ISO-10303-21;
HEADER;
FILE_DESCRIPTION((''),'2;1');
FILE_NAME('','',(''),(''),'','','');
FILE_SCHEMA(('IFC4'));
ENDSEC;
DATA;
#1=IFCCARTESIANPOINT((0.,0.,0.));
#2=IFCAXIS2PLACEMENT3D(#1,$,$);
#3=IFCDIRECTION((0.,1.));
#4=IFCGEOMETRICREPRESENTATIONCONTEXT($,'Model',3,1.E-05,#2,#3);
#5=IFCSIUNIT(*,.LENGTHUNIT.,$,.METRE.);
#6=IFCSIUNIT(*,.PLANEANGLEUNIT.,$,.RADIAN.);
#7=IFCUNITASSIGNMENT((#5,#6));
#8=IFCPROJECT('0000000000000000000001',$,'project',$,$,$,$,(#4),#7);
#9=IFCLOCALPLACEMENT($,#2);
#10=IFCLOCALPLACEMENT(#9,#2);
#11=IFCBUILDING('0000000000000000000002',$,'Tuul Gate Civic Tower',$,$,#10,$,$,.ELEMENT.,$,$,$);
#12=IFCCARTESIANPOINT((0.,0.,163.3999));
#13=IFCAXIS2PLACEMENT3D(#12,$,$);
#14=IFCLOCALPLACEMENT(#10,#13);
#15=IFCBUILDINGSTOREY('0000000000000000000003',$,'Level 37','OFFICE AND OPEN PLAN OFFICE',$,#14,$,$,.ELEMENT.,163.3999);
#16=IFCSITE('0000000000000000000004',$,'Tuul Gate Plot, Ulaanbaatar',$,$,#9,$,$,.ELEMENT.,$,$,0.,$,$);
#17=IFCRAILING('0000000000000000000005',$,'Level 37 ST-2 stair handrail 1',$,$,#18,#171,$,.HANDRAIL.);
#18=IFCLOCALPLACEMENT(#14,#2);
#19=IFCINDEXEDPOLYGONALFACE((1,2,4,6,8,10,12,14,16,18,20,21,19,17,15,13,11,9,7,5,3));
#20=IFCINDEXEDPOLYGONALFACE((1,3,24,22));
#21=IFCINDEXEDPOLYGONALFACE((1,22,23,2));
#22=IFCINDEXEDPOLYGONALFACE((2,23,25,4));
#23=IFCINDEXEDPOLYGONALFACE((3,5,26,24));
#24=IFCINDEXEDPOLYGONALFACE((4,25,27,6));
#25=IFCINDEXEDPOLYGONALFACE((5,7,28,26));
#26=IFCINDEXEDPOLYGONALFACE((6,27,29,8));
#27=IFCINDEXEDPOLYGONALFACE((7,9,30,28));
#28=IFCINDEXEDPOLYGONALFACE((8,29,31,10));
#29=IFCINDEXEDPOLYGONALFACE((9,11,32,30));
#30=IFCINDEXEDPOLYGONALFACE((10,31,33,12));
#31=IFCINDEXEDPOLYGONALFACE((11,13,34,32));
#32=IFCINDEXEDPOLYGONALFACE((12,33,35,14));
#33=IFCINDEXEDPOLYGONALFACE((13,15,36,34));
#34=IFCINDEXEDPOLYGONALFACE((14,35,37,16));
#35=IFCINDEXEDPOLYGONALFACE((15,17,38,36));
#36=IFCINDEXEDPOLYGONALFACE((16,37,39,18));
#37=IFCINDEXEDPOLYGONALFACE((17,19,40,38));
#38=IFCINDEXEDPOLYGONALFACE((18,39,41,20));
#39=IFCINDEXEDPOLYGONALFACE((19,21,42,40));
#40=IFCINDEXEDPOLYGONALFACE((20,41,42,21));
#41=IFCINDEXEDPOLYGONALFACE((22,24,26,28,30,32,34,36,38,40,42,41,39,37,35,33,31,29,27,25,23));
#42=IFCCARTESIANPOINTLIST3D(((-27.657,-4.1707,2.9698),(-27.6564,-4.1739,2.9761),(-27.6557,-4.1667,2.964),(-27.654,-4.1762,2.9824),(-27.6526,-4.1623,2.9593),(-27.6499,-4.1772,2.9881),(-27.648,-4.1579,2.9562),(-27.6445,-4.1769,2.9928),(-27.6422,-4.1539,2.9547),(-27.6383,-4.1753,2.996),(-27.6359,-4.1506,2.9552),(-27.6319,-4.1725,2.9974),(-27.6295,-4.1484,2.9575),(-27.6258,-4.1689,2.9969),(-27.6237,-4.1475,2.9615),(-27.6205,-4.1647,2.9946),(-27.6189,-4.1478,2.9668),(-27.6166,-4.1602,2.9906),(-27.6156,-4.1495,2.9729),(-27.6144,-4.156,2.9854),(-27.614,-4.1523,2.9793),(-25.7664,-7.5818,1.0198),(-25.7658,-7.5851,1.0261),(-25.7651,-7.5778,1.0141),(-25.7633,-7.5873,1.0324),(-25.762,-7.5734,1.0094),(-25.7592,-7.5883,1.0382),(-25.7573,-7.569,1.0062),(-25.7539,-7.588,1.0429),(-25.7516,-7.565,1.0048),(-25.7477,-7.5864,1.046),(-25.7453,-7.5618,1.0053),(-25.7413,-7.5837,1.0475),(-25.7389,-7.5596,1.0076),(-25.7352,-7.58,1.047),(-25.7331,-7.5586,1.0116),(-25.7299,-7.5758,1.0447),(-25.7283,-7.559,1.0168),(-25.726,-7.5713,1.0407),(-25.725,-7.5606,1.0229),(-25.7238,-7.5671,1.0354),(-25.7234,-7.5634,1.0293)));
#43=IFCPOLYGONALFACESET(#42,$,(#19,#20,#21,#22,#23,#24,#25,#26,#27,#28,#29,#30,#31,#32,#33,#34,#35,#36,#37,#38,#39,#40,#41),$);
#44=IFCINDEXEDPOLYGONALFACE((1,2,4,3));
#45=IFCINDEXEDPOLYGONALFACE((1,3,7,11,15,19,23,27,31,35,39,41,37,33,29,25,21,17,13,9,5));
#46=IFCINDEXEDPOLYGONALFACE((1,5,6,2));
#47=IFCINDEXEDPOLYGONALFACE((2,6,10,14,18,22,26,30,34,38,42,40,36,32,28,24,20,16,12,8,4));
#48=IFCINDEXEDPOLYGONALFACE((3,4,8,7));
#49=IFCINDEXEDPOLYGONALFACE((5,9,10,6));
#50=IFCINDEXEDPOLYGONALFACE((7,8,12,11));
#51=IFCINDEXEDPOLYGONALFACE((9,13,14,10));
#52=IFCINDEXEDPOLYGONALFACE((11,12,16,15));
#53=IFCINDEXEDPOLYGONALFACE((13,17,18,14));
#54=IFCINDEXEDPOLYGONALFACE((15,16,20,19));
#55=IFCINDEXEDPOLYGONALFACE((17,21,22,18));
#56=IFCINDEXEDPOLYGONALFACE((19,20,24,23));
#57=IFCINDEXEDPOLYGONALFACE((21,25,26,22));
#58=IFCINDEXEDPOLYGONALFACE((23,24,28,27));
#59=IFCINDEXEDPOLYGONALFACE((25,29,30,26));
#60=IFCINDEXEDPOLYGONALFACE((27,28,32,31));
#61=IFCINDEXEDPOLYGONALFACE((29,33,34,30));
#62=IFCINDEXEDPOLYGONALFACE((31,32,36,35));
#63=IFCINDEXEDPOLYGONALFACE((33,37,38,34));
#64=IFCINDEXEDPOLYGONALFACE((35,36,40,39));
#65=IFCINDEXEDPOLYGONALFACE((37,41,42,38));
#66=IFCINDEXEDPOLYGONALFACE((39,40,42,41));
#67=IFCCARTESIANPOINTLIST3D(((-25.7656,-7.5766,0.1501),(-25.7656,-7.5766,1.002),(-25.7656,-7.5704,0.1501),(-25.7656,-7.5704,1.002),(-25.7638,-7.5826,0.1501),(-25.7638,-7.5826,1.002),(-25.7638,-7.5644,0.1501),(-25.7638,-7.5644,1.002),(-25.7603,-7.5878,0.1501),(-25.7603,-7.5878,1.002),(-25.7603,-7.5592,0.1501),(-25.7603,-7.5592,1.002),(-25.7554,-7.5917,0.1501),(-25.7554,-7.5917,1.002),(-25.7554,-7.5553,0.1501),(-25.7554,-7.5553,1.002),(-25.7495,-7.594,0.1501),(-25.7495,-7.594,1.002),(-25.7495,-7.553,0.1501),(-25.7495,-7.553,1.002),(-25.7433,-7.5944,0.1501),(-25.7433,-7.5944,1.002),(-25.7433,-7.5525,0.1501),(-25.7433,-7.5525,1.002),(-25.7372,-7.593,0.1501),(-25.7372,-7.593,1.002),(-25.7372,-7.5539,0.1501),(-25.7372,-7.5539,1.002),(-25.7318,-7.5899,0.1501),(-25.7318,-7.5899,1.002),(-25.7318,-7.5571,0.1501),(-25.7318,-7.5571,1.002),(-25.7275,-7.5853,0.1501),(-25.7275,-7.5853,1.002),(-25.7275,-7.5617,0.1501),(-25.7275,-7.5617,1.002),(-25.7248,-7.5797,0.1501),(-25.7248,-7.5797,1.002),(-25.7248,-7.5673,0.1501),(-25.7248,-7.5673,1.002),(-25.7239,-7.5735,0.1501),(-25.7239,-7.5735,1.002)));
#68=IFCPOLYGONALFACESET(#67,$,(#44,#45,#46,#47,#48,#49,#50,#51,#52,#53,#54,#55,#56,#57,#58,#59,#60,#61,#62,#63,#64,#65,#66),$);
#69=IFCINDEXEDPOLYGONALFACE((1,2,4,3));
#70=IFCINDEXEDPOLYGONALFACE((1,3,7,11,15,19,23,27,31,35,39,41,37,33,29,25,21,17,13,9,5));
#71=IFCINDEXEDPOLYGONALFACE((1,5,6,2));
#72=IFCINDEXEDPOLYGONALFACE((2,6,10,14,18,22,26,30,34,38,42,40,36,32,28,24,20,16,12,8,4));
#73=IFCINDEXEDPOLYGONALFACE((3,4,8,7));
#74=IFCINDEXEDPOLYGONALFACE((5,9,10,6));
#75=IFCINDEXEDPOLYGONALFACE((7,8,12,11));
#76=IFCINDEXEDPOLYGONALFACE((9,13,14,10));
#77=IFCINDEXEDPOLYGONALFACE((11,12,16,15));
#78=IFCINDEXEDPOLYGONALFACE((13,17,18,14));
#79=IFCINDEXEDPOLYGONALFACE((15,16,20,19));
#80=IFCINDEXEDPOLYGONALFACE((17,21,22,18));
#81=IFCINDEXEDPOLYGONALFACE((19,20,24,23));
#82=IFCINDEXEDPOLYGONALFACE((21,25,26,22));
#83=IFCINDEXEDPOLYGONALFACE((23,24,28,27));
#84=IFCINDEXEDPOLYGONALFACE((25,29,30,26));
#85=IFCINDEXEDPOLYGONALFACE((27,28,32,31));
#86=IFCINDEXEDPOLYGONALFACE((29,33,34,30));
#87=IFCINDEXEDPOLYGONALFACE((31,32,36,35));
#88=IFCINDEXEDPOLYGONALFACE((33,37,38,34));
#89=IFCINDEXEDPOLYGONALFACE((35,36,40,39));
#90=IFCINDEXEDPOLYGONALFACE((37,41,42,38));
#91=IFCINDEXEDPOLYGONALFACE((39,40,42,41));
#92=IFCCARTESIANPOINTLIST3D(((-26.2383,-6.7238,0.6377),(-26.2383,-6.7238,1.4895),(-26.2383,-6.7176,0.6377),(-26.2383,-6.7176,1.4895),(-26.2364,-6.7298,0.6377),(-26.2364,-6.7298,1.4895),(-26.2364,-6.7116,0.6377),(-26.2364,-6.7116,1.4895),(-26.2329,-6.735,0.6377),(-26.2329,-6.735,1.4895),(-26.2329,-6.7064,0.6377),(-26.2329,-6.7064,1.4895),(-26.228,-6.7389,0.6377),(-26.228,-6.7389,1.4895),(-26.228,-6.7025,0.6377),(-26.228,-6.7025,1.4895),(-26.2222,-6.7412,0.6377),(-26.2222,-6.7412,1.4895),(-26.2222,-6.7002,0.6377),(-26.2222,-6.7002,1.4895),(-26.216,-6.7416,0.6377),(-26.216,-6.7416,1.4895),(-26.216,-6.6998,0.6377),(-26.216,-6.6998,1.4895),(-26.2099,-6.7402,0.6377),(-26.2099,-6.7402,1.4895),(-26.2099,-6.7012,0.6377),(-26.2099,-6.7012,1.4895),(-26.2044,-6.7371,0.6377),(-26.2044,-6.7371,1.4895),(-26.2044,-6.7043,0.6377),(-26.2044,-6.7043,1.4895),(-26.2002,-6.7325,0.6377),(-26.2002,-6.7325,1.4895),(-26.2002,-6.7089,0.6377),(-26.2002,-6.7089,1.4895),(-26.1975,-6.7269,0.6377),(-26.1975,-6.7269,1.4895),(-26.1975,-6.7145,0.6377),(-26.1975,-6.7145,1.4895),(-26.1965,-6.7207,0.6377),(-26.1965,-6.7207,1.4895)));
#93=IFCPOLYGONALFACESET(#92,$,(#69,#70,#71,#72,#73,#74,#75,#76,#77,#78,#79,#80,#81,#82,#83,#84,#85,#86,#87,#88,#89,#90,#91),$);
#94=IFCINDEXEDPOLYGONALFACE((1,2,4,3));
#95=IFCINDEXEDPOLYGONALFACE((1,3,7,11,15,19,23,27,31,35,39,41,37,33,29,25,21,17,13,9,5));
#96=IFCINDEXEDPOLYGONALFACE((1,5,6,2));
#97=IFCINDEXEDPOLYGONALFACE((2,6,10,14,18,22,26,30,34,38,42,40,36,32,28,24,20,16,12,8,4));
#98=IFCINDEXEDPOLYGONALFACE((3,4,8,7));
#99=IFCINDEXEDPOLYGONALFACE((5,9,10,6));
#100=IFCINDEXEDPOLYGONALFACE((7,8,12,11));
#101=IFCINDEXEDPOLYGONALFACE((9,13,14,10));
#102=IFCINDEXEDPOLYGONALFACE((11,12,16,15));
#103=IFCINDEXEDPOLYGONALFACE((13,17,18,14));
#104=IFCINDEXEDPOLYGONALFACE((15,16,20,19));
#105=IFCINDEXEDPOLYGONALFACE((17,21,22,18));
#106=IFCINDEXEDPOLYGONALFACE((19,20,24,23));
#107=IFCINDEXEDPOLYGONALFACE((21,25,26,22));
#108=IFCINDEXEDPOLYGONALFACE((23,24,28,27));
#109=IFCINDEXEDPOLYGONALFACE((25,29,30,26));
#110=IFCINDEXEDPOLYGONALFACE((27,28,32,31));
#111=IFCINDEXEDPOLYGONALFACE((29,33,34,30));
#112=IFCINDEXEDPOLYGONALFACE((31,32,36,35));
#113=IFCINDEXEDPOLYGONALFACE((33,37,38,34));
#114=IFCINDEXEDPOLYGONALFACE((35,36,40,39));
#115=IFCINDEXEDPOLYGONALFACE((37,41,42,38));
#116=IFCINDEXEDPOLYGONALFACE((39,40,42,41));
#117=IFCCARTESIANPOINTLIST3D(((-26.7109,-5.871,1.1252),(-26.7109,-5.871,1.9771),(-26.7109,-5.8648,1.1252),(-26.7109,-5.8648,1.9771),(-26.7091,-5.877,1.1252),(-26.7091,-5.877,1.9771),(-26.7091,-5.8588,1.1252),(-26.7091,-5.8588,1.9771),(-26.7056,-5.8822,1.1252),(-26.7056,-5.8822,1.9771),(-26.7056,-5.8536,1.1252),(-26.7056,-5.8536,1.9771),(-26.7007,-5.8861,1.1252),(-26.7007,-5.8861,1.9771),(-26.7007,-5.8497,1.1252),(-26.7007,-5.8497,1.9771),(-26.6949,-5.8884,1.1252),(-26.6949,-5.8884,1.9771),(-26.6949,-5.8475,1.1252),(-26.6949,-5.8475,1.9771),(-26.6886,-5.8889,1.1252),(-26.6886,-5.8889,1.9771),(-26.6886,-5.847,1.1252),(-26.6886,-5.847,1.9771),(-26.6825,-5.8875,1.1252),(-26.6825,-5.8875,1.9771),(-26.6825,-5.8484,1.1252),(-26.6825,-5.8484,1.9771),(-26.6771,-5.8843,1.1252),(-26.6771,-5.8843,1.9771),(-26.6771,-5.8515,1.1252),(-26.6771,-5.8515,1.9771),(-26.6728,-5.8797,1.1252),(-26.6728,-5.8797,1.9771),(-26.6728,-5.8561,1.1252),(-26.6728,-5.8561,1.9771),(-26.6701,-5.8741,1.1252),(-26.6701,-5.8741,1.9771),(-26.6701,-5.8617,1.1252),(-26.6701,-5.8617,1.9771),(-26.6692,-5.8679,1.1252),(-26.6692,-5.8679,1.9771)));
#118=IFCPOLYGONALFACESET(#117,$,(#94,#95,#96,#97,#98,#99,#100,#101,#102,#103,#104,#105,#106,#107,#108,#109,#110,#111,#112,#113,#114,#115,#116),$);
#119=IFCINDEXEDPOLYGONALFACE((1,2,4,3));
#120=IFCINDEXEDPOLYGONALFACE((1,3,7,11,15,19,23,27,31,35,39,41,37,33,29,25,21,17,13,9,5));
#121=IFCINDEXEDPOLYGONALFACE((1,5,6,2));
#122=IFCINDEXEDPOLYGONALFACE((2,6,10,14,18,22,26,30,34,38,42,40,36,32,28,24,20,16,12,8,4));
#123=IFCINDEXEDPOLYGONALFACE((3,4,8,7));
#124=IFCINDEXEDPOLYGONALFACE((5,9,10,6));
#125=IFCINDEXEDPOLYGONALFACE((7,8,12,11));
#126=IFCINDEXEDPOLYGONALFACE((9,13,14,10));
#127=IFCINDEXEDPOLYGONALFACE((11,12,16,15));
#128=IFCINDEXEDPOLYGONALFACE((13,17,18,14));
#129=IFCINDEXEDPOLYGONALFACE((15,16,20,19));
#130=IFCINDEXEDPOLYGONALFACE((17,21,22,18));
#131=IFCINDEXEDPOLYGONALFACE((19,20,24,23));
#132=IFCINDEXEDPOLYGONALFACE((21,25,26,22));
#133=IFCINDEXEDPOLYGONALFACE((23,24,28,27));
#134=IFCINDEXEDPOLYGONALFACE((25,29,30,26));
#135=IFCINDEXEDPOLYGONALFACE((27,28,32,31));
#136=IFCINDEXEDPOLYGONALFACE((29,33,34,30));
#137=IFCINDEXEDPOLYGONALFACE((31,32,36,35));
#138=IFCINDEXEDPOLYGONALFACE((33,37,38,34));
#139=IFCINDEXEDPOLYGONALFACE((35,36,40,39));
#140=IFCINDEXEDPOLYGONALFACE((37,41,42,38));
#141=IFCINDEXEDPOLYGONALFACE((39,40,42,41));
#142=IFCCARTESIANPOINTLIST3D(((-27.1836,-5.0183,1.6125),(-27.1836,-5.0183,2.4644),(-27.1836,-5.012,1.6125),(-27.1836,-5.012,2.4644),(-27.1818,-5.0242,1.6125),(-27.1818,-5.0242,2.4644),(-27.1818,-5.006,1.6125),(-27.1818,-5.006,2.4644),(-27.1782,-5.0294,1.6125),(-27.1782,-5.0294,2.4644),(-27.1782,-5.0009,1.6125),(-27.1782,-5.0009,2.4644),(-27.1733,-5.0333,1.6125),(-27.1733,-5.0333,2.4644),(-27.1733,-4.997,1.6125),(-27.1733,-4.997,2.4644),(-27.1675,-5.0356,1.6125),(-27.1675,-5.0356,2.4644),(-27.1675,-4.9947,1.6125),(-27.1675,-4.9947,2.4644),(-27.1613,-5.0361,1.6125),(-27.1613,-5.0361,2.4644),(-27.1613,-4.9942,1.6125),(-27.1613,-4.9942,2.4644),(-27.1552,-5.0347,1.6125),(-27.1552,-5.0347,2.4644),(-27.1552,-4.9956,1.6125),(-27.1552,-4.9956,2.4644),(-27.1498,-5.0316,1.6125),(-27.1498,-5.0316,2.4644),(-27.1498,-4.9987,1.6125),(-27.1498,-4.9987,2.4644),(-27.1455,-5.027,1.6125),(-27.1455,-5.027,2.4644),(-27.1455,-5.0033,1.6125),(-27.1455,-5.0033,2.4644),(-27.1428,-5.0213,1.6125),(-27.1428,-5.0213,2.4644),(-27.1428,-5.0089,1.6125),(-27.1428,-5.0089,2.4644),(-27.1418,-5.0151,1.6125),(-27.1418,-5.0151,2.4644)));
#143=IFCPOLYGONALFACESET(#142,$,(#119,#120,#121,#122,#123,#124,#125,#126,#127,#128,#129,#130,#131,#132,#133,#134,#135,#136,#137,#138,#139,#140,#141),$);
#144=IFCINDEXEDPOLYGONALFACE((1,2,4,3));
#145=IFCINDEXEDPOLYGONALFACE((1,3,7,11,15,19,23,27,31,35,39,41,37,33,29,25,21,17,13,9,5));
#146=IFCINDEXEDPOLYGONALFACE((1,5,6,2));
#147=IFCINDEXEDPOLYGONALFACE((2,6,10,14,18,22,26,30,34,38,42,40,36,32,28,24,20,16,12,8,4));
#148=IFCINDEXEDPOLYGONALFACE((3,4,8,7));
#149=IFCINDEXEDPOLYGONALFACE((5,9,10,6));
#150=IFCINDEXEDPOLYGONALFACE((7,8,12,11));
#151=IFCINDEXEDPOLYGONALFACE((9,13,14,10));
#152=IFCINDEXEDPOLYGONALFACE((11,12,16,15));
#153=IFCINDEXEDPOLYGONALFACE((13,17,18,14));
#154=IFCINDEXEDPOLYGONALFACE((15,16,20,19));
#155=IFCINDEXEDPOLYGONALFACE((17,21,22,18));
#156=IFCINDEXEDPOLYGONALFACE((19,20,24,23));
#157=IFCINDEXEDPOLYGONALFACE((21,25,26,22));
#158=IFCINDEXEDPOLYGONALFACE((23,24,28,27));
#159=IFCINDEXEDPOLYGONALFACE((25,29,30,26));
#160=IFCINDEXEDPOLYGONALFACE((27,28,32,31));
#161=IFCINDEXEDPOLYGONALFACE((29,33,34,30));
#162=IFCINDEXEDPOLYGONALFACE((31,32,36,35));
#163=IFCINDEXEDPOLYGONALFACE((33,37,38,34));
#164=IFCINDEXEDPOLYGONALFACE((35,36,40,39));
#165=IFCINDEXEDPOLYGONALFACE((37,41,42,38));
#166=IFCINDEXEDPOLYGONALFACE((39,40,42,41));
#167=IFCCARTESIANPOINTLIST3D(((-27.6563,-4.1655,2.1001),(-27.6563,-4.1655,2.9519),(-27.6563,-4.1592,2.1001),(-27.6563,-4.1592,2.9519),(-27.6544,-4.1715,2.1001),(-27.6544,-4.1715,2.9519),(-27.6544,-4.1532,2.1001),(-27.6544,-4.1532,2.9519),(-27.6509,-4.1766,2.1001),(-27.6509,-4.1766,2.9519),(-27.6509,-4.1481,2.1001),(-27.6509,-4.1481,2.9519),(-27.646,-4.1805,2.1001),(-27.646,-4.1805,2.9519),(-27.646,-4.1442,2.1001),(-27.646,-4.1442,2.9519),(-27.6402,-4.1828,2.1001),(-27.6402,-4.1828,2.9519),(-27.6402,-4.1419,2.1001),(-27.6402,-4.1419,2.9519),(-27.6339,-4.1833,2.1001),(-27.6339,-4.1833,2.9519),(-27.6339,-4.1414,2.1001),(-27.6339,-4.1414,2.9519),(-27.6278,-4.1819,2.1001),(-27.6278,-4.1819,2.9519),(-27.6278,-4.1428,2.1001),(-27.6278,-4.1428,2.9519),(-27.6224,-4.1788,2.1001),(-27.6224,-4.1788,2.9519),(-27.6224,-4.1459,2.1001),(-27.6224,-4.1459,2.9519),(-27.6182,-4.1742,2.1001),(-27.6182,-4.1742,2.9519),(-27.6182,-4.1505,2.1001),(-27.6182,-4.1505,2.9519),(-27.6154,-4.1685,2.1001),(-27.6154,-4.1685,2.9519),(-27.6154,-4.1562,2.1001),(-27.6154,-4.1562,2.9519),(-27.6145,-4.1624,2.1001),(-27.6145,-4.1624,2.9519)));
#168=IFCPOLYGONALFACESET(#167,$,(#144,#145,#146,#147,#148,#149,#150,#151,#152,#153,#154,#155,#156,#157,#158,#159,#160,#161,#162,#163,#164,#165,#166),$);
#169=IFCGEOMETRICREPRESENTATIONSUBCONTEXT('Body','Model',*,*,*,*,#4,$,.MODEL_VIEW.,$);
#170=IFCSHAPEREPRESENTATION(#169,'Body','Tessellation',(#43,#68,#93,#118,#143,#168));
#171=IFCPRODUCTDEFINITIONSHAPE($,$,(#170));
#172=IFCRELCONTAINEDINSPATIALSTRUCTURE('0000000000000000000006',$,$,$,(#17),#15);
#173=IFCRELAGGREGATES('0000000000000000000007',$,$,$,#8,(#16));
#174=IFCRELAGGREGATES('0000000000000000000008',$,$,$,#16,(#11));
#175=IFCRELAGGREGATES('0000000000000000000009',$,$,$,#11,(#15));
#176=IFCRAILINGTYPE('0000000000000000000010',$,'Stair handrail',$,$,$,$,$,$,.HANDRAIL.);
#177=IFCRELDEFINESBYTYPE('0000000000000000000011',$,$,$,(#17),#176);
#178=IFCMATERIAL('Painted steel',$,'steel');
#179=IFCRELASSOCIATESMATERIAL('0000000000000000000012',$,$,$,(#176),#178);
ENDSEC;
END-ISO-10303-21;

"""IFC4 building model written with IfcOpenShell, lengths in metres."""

from ifc_helpers import new_model, si_unit, direction, frame, origin, origin_2d, place, context, subcontext, project, spatial, circle, extrude, material, type_object, element, save


model = new_model("IFC4")

# Units and contexts
model_context = context("Model", 3, precision=1e-05, world=origin(), true_north=direction((0.0, 1.0)))
body_context = subcontext(model_context, "Body", "Model", "MODEL_VIEW")
ifc_project = project(units=[si_unit("LENGTHUNIT", "METRE"), si_unit("PLANEANGLEUNIT", "RADIAN")], contexts=[model_context])

# Site, building, storey
site_placement = place(None, origin())
site = spatial("IfcSite", under=ifc_project, at=site_placement, Name="Tuul Gate Plot, Ulaanbaatar", CompositionType="ELEMENT", RefElevation=0.0)
building_placement = place(site_placement, origin())
building = spatial("IfcBuilding", under=site, at=building_placement, Name="Tuul Gate Civic Tower", CompositionType="ELEMENT")
storey_placement = place(building_placement, frame((0.0, 0.0, 163.3999)))
storey = spatial("IfcBuildingStorey", under=building, at=storey_placement, Name="Level 37", Description="OFFICE AND OPEN PLAN OFFICE", CompositionType="ELEMENT", Elevation=163.3999)

# Railing
ifc_material_1 = material(Name="Painted steel", Category="steel")
railing_type_1 = type_object("IfcRailingType", Name="Stair handrail", PredefinedType="HANDRAIL", material=ifc_material_1)
railing_1_placement = place(storey_placement, frame((-25.7449, -7.5735, 0.1501)))
element("IfcRailing", 1, at=railing_1_placement, inside=storey, type_object=railing_type_1, Name="Level 37 ST-2 stair handrail 1", PredefinedType="HANDRAIL", context=body_context, shape_type="SweptSolid", body=[
    extrude(circle(Radius=0.0239, at=origin_2d()), frame((0.0, 0.0, 0.876), z_axis=(-0.433595, 0.782308, 0.447201), x_axis=(-0.874641, -0.484771, 0.0)), (0.0, 0.0, 1.0), 4.3604),
    extrude(circle(Radius=0.021, at=origin_2d()), origin(), (0.0, 0.0, 1.0), 0.8518),
    extrude(circle(Radius=0.021, at=origin_2d()), frame((-0.4727, 0.8528, 0.4875)), (0.0, 0.0, 1.0), 0.8518),
    extrude(circle(Radius=0.021, at=origin_2d()), frame((-0.9453, 1.7056, 0.9751)), (0.0, 0.0, 1.0), 0.8518),
    extrude(circle(Radius=0.021, at=origin_2d()), frame((-1.418, 2.5583, 1.4624)), (0.0, 0.0, 1.0), 0.8518),
    extrude(circle(Radius=0.021, at=origin_2d()), frame((-1.8906, 3.4111, 1.95)), (0.0, 0.0, 1.0), 0.8518),
])

save(model, "model.ifc")
